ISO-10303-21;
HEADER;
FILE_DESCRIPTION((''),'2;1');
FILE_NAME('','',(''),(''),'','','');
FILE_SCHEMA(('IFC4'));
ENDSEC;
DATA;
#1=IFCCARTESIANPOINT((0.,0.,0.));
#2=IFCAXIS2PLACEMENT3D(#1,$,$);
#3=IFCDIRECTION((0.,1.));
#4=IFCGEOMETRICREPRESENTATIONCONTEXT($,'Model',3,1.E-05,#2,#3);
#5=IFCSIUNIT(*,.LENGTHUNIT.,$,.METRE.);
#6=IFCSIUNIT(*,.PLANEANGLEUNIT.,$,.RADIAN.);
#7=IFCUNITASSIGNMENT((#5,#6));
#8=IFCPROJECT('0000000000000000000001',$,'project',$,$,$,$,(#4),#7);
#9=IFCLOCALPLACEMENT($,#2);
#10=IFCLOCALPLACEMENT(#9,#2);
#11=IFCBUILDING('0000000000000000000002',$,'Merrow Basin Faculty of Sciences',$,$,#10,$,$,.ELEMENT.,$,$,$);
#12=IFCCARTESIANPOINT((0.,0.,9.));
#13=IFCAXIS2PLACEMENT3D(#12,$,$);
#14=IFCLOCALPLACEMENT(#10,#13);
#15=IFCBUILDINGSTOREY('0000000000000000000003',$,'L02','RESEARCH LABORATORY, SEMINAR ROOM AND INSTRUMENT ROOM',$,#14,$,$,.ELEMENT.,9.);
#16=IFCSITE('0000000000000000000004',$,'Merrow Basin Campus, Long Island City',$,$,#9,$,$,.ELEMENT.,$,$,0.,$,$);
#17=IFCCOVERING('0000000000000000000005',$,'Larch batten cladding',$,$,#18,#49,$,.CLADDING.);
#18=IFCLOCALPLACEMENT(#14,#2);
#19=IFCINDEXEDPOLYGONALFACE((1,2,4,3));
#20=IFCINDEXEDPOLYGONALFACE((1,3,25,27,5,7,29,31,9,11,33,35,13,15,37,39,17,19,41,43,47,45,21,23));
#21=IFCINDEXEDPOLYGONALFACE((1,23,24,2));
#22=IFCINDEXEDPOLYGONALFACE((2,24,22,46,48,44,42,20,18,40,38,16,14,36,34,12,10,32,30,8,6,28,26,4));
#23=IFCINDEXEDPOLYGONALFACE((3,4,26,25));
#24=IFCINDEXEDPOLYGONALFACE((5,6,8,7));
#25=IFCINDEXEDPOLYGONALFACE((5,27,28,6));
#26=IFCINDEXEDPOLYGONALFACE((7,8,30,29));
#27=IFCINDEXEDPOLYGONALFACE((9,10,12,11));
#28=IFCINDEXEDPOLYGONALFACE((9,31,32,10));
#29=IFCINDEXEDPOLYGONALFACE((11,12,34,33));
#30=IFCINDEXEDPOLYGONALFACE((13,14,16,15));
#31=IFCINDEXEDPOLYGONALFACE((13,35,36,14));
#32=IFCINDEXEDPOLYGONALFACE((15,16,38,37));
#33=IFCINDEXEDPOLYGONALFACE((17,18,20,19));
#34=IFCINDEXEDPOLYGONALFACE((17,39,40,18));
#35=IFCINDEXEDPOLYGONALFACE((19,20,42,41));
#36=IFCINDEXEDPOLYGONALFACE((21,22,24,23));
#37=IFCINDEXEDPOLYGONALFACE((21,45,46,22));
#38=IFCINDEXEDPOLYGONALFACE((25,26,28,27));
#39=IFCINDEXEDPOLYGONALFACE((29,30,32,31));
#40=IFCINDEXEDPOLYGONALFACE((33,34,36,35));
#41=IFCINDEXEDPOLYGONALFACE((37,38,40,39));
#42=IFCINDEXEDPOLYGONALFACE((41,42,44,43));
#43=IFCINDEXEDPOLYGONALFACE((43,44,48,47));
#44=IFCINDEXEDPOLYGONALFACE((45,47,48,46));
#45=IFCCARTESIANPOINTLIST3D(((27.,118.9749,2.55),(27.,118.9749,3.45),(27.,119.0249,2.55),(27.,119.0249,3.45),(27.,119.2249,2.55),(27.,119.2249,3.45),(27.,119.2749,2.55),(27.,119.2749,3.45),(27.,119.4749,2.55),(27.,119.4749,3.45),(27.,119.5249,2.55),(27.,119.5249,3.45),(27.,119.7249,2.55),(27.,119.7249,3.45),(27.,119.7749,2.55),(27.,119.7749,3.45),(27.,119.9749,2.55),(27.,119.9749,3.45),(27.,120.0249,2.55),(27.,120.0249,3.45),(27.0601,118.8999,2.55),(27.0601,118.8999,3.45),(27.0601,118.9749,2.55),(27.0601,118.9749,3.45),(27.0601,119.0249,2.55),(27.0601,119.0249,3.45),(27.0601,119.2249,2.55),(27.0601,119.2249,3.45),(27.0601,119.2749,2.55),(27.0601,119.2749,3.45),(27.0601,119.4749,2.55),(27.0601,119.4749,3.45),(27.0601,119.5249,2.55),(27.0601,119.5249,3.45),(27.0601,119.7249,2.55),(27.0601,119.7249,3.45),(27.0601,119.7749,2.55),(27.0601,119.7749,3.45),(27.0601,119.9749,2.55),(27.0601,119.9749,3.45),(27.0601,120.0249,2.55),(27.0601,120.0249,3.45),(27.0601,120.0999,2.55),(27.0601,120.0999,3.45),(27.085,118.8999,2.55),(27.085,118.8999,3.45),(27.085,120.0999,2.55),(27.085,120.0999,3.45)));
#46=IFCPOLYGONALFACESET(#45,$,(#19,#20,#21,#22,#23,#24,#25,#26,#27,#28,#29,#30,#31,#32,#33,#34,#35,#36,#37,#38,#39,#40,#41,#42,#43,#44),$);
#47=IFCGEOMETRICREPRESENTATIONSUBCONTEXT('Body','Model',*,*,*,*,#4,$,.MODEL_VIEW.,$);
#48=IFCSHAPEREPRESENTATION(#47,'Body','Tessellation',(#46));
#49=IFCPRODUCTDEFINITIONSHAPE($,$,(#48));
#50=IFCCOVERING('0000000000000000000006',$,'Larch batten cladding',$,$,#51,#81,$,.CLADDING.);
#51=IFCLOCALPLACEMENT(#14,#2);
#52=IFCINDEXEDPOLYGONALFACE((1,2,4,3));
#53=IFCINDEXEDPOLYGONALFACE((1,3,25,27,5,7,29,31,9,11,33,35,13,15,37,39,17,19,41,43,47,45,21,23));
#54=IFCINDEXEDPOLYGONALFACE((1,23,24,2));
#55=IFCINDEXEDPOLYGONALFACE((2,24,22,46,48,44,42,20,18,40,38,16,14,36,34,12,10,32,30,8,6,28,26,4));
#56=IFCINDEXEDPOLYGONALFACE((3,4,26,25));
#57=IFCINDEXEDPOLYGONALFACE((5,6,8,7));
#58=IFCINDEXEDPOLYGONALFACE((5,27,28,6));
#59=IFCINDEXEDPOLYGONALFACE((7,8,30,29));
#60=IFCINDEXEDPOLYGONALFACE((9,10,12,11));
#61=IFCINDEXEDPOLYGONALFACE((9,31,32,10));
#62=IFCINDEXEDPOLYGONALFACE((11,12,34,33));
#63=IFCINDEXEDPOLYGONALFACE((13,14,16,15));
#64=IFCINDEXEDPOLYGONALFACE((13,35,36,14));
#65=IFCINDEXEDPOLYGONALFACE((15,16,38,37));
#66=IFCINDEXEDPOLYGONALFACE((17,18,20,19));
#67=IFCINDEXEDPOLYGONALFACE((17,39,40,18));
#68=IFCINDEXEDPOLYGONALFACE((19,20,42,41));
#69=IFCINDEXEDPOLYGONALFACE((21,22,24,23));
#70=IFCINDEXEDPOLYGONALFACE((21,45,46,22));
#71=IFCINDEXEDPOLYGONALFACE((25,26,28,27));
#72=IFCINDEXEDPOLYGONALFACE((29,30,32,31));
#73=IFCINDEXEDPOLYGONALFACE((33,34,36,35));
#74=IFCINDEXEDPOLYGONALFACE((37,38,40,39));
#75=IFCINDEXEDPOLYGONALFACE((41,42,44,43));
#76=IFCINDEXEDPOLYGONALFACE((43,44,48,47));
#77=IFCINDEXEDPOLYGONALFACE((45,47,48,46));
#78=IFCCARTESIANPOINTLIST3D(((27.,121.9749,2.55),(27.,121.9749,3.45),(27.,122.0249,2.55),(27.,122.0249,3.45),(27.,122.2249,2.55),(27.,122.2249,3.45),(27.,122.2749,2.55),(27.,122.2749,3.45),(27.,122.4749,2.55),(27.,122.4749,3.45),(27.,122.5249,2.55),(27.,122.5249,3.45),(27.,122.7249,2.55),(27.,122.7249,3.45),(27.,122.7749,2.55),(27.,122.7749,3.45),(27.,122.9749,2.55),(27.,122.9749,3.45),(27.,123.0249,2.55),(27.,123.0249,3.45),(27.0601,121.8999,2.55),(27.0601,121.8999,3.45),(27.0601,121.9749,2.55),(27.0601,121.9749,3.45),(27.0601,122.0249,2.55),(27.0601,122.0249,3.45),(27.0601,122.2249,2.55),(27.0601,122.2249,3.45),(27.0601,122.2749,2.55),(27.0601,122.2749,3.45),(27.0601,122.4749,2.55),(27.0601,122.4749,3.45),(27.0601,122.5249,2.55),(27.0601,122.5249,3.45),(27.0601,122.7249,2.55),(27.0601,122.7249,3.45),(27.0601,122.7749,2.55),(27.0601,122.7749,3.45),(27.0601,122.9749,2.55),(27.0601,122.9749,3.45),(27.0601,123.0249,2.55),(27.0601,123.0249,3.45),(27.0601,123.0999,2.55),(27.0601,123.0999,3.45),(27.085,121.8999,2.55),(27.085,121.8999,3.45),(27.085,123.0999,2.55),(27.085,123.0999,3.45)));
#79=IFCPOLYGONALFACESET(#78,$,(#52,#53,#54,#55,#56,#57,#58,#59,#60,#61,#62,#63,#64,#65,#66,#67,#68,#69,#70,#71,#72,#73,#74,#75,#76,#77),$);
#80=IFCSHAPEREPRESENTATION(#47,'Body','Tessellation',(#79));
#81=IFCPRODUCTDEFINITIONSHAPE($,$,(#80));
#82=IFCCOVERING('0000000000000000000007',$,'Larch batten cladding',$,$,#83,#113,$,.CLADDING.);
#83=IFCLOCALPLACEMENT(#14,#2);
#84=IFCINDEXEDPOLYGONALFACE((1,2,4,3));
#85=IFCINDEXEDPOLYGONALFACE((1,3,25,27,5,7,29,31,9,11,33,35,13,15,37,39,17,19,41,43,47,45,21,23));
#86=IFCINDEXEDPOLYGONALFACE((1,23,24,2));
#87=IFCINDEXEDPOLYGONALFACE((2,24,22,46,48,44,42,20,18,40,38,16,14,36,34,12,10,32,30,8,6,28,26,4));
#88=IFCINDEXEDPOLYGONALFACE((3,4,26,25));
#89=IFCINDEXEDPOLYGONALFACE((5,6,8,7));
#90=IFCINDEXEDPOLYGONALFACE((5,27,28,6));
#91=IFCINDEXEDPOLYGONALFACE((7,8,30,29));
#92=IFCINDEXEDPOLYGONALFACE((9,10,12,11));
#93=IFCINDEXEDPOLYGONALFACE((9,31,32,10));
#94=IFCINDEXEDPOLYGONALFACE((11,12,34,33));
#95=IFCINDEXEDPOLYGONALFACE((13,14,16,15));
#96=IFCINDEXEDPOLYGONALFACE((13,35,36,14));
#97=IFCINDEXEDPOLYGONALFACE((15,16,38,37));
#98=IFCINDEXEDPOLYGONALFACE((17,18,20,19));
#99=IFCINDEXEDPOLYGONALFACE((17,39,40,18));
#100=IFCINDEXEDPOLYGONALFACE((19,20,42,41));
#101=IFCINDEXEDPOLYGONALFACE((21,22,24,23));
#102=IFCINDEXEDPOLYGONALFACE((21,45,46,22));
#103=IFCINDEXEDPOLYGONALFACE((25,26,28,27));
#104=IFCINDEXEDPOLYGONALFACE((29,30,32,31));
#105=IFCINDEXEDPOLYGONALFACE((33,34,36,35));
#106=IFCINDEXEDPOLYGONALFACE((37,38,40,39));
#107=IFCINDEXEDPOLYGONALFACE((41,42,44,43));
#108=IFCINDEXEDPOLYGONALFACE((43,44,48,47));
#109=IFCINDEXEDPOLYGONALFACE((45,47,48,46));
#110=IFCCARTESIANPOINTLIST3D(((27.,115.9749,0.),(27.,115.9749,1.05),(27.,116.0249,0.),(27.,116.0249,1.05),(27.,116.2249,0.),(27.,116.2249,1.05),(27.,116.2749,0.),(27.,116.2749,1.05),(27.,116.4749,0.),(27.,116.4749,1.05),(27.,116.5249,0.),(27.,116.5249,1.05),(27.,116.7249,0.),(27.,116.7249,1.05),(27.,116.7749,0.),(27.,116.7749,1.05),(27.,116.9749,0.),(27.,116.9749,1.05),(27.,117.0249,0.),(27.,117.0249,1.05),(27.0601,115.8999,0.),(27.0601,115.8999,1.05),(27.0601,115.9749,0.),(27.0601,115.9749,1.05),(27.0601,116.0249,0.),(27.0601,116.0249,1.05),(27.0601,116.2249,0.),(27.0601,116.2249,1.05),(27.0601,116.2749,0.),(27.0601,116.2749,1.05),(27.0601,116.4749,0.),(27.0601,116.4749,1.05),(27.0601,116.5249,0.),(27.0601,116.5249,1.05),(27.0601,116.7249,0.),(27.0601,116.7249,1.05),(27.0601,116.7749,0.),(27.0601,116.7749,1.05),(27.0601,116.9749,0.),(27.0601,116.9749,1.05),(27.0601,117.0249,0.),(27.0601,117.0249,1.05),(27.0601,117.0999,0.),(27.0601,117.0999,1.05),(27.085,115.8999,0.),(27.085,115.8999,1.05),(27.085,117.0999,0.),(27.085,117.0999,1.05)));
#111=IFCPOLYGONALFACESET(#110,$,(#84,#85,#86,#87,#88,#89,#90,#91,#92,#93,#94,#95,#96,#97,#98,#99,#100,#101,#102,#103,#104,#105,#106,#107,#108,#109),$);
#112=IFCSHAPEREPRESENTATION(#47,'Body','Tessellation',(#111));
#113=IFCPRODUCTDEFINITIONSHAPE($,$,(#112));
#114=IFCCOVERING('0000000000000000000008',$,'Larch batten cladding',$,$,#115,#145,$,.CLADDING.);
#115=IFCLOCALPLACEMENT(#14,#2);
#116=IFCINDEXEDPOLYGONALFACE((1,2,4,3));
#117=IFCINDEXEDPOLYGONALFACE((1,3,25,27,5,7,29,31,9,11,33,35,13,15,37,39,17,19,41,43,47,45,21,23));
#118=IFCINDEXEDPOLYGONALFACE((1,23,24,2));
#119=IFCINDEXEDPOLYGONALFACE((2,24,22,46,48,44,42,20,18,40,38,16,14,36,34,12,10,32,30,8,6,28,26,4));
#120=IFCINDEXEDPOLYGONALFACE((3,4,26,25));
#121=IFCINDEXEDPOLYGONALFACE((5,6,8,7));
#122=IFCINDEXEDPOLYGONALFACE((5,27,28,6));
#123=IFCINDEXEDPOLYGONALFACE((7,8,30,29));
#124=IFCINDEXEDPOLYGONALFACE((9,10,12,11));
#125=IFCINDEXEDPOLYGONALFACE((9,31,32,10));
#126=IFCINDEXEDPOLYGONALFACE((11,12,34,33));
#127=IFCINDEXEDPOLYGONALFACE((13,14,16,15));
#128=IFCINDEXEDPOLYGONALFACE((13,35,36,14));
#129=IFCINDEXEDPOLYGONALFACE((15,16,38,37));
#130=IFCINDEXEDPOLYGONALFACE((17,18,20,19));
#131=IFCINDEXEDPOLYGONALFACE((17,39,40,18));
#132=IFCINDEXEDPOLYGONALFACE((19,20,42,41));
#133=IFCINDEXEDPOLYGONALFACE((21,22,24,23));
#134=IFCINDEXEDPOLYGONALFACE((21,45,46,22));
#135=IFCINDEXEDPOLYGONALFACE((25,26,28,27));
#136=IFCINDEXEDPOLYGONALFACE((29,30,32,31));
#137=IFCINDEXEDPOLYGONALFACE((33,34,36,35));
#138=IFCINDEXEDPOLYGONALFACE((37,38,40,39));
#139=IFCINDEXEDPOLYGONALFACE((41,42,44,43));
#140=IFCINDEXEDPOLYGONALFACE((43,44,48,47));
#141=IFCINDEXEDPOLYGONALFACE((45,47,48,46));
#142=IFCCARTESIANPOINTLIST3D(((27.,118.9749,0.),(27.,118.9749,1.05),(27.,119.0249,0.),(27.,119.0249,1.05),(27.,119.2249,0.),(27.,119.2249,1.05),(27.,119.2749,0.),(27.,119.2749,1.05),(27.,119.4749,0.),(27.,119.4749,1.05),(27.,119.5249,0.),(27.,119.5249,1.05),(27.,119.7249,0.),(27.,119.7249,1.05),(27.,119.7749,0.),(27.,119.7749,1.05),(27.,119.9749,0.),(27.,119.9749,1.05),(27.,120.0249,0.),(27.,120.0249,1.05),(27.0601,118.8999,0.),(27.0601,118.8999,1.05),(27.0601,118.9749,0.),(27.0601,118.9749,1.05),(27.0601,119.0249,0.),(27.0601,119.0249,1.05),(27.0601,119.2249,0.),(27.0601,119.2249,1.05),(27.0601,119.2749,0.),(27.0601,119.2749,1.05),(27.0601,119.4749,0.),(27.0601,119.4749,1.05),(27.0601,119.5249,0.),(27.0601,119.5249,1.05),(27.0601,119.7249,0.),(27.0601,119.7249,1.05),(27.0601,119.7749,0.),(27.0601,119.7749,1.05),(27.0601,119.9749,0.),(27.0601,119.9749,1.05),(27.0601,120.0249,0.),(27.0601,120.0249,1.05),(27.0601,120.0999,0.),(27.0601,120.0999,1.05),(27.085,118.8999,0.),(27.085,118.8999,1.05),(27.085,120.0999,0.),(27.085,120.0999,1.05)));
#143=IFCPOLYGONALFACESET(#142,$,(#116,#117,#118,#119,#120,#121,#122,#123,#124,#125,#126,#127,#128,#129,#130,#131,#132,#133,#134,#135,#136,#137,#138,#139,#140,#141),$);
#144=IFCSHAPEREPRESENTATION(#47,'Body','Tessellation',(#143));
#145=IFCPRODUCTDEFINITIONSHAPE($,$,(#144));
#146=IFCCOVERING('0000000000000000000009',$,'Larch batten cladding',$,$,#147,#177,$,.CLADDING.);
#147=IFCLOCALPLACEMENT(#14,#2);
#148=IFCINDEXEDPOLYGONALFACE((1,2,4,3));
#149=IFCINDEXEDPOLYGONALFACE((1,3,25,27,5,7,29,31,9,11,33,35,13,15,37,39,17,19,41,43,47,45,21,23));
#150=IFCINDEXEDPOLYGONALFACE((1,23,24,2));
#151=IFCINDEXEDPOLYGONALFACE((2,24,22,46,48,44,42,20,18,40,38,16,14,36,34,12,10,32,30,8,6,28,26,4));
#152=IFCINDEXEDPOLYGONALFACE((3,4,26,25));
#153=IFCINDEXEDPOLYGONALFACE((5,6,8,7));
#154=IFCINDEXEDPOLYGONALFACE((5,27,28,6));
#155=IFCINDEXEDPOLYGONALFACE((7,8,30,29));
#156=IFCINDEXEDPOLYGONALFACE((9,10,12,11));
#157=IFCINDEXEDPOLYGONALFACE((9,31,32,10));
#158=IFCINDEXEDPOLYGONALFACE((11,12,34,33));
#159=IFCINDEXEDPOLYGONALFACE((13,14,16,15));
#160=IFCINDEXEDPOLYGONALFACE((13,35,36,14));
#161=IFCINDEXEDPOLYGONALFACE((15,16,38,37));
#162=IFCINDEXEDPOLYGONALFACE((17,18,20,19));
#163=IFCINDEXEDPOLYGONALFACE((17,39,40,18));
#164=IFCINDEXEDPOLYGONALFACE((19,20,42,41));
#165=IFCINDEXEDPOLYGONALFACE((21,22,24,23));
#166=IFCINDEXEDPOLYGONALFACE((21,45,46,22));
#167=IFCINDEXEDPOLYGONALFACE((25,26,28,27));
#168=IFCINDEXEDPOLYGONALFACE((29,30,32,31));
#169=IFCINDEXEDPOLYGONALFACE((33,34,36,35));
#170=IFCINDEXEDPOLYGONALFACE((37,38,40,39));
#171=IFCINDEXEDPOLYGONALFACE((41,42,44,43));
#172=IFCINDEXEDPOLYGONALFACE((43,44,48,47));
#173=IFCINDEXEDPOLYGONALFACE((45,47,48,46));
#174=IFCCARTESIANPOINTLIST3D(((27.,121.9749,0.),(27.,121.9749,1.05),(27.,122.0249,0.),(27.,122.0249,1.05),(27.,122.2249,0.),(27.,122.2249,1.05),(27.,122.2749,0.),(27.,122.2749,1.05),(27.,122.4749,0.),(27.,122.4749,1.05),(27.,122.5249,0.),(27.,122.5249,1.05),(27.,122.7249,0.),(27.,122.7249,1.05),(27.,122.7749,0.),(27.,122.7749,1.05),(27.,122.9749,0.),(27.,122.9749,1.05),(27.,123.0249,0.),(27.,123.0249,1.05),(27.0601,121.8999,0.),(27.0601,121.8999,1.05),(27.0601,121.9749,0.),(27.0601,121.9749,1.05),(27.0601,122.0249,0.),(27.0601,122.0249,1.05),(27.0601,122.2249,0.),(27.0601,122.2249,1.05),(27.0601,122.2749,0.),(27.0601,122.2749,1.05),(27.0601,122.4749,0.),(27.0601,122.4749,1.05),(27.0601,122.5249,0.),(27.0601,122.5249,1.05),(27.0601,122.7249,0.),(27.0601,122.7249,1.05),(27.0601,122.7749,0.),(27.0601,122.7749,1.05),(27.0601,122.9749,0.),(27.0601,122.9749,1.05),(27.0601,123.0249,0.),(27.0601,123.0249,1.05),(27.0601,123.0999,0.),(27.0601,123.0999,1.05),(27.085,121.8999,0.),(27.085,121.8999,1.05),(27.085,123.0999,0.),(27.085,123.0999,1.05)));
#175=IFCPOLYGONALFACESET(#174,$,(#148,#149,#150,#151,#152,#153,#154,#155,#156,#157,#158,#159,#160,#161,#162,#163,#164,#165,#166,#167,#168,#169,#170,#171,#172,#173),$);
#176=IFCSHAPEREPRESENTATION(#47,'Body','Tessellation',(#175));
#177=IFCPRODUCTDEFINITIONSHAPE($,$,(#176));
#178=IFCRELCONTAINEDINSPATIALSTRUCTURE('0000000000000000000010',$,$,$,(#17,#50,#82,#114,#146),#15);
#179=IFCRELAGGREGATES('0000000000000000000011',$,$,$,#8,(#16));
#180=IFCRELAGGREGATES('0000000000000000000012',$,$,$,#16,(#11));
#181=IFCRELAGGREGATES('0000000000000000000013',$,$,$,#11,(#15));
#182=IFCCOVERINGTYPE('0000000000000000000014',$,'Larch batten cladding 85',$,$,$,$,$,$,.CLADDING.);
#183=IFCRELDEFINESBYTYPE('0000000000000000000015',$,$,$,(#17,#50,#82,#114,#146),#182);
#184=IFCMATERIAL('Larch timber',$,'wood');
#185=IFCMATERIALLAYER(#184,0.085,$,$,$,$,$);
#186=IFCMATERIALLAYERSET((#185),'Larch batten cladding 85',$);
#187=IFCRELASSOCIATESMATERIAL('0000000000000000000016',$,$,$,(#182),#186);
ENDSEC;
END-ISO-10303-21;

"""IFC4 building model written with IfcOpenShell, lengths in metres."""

from ifc_helpers import new_model, si_unit, direction, frame, origin, place, context, subcontext, project, spatial, polyline, outline, extrude, source, transform, mapped, material, layer, layer_set, type_object, element, save


model = new_model("IFC4")

# Units and contexts
model_context = context("Model", 3, precision=1e-05, world=origin(), true_north=direction((0.0, 1.0)))
body_context = subcontext(model_context, "Body", "Model", "MODEL_VIEW")
ifc_project = project(units=[si_unit("LENGTHUNIT", "METRE"), si_unit("PLANEANGLEUNIT", "RADIAN")], contexts=[model_context])

# Site, building, storey
site_placement = place(None, origin())
site = spatial("IfcSite", under=ifc_project, at=site_placement, Name="Merrow Basin Campus, Long Island City", CompositionType="ELEMENT", RefElevation=0.0)
building_placement = place(site_placement, origin())
building = spatial("IfcBuilding", under=site, at=building_placement, Name="Merrow Basin Faculty of Sciences", CompositionType="ELEMENT")
storey_placement = place(building_placement, frame((0.0, 0.0, 9.0)))
storey = spatial("IfcBuildingStorey", under=building, at=storey_placement, Name="L02", Description="RESEARCH LABORATORY, SEMINAR ROOM AND INSTRUMENT ROOM", CompositionType="ELEMENT", Elevation=9.0)

# Coverings
ifc_material_1 = material(Name="Larch timber", Category="wood")
ifc_layer_1 = layer(ifc_material_1, 0.085)
ifc_layer_set_1 = layer_set([ifc_layer_1], Name="Larch batten cladding 85")
covering_type_1 = type_object("IfcCoveringType", Name="Larch batten cladding 85", PredefinedType="CLADDING", material=ifc_layer_set_1)
shared_shape_1 = source(origin(), body_context, "Body", "SweptSolid", [
    extrude(outline(polyline([(0.0, 0.0), (1.2, 0.0), (1.2, 0.0249), (1.125, 0.0249), (1.125, 0.085), (1.075, 0.085), (1.075, 0.0249), (0.875, 0.0249), (0.875, 0.085), (0.825, 0.085), (0.825, 0.0249), (0.625, 0.0249), (0.625, 0.085), (0.575, 0.085), (0.575, 0.0249), (0.375, 0.0249), (0.375, 0.085), (0.325, 0.085), (0.325, 0.0249), (0.125, 0.0249), (0.125, 0.085), (0.075, 0.085), (0.075, 0.0249), (0.0, 0.0249), (0.0, 0.0)])), origin(), (0.0, 0.0, 1.0), 0.8999),
])
for number, where, z_axis, x_axis, name in (
    (1, (27.085, 118.8999, 2.55), (0.0, 0.0, 1.0), (0.0, 1.0, 0.0), "Larch batten cladding"),
    (2, (27.085, 121.8999, 2.55), (0.0, 0.0, 1.0), (0.0, 1.0, 0.0), "Larch batten cladding"),
):
    element("IfcCovering", number, at=place(storey_placement, frame(where, z_axis=z_axis, x_axis=x_axis)), inside=storey, type_object=covering_type_1, Name=name, PredefinedType="CLADDING", context=body_context, shape_type="MappedRepresentation", body=[
        mapped(shared_shape_1, transform((0.0, 0.0, 0.0), scale=1.0)),
    ])
shared_shape_2 = source(origin(), body_context, "Body", "SweptSolid", [
    extrude(outline(polyline([(0.0, 0.0), (1.2, 0.0), (1.2, 0.0249), (1.125, 0.0249), (1.125, 0.085), (1.075, 0.085), (1.075, 0.0249), (0.875, 0.0249), (0.875, 0.085), (0.825, 0.085), (0.825, 0.0249), (0.625, 0.0249), (0.625, 0.085), (0.575, 0.085), (0.575, 0.0249), (0.375, 0.0249), (0.375, 0.085), (0.325, 0.085), (0.325, 0.0249), (0.125, 0.0249), (0.125, 0.085), (0.075, 0.085), (0.075, 0.0249), (0.0, 0.0249), (0.0, 0.0)])), origin(), (0.0, 0.0, 1.0), 1.05),
])
for number, where, z_axis, x_axis, name in (
    (3, (27.085, 115.8999, 0.0), (0.0, 0.0, 1.0), (0.0, 1.0, 0.0), "Larch batten cladding"),
    (4, (27.085, 118.8999, 0.0), (0.0, 0.0, 1.0), (0.0, 1.0, 0.0), "Larch batten cladding"),
    (5, (27.085, 121.8999, 0.0), (0.0, 0.0, 1.0), (0.0, 1.0, 0.0), "Larch batten cladding"),
):
    element("IfcCovering", number, at=place(storey_placement, frame(where, z_axis=z_axis, x_axis=x_axis)), inside=storey, type_object=covering_type_1, Name=name, PredefinedType="CLADDING", context=body_context, shape_type="MappedRepresentation", body=[
        mapped(shared_shape_2, transform((0.0, 0.0, 0.0), scale=1.0)),
    ])

save(model, "model.ifc")
